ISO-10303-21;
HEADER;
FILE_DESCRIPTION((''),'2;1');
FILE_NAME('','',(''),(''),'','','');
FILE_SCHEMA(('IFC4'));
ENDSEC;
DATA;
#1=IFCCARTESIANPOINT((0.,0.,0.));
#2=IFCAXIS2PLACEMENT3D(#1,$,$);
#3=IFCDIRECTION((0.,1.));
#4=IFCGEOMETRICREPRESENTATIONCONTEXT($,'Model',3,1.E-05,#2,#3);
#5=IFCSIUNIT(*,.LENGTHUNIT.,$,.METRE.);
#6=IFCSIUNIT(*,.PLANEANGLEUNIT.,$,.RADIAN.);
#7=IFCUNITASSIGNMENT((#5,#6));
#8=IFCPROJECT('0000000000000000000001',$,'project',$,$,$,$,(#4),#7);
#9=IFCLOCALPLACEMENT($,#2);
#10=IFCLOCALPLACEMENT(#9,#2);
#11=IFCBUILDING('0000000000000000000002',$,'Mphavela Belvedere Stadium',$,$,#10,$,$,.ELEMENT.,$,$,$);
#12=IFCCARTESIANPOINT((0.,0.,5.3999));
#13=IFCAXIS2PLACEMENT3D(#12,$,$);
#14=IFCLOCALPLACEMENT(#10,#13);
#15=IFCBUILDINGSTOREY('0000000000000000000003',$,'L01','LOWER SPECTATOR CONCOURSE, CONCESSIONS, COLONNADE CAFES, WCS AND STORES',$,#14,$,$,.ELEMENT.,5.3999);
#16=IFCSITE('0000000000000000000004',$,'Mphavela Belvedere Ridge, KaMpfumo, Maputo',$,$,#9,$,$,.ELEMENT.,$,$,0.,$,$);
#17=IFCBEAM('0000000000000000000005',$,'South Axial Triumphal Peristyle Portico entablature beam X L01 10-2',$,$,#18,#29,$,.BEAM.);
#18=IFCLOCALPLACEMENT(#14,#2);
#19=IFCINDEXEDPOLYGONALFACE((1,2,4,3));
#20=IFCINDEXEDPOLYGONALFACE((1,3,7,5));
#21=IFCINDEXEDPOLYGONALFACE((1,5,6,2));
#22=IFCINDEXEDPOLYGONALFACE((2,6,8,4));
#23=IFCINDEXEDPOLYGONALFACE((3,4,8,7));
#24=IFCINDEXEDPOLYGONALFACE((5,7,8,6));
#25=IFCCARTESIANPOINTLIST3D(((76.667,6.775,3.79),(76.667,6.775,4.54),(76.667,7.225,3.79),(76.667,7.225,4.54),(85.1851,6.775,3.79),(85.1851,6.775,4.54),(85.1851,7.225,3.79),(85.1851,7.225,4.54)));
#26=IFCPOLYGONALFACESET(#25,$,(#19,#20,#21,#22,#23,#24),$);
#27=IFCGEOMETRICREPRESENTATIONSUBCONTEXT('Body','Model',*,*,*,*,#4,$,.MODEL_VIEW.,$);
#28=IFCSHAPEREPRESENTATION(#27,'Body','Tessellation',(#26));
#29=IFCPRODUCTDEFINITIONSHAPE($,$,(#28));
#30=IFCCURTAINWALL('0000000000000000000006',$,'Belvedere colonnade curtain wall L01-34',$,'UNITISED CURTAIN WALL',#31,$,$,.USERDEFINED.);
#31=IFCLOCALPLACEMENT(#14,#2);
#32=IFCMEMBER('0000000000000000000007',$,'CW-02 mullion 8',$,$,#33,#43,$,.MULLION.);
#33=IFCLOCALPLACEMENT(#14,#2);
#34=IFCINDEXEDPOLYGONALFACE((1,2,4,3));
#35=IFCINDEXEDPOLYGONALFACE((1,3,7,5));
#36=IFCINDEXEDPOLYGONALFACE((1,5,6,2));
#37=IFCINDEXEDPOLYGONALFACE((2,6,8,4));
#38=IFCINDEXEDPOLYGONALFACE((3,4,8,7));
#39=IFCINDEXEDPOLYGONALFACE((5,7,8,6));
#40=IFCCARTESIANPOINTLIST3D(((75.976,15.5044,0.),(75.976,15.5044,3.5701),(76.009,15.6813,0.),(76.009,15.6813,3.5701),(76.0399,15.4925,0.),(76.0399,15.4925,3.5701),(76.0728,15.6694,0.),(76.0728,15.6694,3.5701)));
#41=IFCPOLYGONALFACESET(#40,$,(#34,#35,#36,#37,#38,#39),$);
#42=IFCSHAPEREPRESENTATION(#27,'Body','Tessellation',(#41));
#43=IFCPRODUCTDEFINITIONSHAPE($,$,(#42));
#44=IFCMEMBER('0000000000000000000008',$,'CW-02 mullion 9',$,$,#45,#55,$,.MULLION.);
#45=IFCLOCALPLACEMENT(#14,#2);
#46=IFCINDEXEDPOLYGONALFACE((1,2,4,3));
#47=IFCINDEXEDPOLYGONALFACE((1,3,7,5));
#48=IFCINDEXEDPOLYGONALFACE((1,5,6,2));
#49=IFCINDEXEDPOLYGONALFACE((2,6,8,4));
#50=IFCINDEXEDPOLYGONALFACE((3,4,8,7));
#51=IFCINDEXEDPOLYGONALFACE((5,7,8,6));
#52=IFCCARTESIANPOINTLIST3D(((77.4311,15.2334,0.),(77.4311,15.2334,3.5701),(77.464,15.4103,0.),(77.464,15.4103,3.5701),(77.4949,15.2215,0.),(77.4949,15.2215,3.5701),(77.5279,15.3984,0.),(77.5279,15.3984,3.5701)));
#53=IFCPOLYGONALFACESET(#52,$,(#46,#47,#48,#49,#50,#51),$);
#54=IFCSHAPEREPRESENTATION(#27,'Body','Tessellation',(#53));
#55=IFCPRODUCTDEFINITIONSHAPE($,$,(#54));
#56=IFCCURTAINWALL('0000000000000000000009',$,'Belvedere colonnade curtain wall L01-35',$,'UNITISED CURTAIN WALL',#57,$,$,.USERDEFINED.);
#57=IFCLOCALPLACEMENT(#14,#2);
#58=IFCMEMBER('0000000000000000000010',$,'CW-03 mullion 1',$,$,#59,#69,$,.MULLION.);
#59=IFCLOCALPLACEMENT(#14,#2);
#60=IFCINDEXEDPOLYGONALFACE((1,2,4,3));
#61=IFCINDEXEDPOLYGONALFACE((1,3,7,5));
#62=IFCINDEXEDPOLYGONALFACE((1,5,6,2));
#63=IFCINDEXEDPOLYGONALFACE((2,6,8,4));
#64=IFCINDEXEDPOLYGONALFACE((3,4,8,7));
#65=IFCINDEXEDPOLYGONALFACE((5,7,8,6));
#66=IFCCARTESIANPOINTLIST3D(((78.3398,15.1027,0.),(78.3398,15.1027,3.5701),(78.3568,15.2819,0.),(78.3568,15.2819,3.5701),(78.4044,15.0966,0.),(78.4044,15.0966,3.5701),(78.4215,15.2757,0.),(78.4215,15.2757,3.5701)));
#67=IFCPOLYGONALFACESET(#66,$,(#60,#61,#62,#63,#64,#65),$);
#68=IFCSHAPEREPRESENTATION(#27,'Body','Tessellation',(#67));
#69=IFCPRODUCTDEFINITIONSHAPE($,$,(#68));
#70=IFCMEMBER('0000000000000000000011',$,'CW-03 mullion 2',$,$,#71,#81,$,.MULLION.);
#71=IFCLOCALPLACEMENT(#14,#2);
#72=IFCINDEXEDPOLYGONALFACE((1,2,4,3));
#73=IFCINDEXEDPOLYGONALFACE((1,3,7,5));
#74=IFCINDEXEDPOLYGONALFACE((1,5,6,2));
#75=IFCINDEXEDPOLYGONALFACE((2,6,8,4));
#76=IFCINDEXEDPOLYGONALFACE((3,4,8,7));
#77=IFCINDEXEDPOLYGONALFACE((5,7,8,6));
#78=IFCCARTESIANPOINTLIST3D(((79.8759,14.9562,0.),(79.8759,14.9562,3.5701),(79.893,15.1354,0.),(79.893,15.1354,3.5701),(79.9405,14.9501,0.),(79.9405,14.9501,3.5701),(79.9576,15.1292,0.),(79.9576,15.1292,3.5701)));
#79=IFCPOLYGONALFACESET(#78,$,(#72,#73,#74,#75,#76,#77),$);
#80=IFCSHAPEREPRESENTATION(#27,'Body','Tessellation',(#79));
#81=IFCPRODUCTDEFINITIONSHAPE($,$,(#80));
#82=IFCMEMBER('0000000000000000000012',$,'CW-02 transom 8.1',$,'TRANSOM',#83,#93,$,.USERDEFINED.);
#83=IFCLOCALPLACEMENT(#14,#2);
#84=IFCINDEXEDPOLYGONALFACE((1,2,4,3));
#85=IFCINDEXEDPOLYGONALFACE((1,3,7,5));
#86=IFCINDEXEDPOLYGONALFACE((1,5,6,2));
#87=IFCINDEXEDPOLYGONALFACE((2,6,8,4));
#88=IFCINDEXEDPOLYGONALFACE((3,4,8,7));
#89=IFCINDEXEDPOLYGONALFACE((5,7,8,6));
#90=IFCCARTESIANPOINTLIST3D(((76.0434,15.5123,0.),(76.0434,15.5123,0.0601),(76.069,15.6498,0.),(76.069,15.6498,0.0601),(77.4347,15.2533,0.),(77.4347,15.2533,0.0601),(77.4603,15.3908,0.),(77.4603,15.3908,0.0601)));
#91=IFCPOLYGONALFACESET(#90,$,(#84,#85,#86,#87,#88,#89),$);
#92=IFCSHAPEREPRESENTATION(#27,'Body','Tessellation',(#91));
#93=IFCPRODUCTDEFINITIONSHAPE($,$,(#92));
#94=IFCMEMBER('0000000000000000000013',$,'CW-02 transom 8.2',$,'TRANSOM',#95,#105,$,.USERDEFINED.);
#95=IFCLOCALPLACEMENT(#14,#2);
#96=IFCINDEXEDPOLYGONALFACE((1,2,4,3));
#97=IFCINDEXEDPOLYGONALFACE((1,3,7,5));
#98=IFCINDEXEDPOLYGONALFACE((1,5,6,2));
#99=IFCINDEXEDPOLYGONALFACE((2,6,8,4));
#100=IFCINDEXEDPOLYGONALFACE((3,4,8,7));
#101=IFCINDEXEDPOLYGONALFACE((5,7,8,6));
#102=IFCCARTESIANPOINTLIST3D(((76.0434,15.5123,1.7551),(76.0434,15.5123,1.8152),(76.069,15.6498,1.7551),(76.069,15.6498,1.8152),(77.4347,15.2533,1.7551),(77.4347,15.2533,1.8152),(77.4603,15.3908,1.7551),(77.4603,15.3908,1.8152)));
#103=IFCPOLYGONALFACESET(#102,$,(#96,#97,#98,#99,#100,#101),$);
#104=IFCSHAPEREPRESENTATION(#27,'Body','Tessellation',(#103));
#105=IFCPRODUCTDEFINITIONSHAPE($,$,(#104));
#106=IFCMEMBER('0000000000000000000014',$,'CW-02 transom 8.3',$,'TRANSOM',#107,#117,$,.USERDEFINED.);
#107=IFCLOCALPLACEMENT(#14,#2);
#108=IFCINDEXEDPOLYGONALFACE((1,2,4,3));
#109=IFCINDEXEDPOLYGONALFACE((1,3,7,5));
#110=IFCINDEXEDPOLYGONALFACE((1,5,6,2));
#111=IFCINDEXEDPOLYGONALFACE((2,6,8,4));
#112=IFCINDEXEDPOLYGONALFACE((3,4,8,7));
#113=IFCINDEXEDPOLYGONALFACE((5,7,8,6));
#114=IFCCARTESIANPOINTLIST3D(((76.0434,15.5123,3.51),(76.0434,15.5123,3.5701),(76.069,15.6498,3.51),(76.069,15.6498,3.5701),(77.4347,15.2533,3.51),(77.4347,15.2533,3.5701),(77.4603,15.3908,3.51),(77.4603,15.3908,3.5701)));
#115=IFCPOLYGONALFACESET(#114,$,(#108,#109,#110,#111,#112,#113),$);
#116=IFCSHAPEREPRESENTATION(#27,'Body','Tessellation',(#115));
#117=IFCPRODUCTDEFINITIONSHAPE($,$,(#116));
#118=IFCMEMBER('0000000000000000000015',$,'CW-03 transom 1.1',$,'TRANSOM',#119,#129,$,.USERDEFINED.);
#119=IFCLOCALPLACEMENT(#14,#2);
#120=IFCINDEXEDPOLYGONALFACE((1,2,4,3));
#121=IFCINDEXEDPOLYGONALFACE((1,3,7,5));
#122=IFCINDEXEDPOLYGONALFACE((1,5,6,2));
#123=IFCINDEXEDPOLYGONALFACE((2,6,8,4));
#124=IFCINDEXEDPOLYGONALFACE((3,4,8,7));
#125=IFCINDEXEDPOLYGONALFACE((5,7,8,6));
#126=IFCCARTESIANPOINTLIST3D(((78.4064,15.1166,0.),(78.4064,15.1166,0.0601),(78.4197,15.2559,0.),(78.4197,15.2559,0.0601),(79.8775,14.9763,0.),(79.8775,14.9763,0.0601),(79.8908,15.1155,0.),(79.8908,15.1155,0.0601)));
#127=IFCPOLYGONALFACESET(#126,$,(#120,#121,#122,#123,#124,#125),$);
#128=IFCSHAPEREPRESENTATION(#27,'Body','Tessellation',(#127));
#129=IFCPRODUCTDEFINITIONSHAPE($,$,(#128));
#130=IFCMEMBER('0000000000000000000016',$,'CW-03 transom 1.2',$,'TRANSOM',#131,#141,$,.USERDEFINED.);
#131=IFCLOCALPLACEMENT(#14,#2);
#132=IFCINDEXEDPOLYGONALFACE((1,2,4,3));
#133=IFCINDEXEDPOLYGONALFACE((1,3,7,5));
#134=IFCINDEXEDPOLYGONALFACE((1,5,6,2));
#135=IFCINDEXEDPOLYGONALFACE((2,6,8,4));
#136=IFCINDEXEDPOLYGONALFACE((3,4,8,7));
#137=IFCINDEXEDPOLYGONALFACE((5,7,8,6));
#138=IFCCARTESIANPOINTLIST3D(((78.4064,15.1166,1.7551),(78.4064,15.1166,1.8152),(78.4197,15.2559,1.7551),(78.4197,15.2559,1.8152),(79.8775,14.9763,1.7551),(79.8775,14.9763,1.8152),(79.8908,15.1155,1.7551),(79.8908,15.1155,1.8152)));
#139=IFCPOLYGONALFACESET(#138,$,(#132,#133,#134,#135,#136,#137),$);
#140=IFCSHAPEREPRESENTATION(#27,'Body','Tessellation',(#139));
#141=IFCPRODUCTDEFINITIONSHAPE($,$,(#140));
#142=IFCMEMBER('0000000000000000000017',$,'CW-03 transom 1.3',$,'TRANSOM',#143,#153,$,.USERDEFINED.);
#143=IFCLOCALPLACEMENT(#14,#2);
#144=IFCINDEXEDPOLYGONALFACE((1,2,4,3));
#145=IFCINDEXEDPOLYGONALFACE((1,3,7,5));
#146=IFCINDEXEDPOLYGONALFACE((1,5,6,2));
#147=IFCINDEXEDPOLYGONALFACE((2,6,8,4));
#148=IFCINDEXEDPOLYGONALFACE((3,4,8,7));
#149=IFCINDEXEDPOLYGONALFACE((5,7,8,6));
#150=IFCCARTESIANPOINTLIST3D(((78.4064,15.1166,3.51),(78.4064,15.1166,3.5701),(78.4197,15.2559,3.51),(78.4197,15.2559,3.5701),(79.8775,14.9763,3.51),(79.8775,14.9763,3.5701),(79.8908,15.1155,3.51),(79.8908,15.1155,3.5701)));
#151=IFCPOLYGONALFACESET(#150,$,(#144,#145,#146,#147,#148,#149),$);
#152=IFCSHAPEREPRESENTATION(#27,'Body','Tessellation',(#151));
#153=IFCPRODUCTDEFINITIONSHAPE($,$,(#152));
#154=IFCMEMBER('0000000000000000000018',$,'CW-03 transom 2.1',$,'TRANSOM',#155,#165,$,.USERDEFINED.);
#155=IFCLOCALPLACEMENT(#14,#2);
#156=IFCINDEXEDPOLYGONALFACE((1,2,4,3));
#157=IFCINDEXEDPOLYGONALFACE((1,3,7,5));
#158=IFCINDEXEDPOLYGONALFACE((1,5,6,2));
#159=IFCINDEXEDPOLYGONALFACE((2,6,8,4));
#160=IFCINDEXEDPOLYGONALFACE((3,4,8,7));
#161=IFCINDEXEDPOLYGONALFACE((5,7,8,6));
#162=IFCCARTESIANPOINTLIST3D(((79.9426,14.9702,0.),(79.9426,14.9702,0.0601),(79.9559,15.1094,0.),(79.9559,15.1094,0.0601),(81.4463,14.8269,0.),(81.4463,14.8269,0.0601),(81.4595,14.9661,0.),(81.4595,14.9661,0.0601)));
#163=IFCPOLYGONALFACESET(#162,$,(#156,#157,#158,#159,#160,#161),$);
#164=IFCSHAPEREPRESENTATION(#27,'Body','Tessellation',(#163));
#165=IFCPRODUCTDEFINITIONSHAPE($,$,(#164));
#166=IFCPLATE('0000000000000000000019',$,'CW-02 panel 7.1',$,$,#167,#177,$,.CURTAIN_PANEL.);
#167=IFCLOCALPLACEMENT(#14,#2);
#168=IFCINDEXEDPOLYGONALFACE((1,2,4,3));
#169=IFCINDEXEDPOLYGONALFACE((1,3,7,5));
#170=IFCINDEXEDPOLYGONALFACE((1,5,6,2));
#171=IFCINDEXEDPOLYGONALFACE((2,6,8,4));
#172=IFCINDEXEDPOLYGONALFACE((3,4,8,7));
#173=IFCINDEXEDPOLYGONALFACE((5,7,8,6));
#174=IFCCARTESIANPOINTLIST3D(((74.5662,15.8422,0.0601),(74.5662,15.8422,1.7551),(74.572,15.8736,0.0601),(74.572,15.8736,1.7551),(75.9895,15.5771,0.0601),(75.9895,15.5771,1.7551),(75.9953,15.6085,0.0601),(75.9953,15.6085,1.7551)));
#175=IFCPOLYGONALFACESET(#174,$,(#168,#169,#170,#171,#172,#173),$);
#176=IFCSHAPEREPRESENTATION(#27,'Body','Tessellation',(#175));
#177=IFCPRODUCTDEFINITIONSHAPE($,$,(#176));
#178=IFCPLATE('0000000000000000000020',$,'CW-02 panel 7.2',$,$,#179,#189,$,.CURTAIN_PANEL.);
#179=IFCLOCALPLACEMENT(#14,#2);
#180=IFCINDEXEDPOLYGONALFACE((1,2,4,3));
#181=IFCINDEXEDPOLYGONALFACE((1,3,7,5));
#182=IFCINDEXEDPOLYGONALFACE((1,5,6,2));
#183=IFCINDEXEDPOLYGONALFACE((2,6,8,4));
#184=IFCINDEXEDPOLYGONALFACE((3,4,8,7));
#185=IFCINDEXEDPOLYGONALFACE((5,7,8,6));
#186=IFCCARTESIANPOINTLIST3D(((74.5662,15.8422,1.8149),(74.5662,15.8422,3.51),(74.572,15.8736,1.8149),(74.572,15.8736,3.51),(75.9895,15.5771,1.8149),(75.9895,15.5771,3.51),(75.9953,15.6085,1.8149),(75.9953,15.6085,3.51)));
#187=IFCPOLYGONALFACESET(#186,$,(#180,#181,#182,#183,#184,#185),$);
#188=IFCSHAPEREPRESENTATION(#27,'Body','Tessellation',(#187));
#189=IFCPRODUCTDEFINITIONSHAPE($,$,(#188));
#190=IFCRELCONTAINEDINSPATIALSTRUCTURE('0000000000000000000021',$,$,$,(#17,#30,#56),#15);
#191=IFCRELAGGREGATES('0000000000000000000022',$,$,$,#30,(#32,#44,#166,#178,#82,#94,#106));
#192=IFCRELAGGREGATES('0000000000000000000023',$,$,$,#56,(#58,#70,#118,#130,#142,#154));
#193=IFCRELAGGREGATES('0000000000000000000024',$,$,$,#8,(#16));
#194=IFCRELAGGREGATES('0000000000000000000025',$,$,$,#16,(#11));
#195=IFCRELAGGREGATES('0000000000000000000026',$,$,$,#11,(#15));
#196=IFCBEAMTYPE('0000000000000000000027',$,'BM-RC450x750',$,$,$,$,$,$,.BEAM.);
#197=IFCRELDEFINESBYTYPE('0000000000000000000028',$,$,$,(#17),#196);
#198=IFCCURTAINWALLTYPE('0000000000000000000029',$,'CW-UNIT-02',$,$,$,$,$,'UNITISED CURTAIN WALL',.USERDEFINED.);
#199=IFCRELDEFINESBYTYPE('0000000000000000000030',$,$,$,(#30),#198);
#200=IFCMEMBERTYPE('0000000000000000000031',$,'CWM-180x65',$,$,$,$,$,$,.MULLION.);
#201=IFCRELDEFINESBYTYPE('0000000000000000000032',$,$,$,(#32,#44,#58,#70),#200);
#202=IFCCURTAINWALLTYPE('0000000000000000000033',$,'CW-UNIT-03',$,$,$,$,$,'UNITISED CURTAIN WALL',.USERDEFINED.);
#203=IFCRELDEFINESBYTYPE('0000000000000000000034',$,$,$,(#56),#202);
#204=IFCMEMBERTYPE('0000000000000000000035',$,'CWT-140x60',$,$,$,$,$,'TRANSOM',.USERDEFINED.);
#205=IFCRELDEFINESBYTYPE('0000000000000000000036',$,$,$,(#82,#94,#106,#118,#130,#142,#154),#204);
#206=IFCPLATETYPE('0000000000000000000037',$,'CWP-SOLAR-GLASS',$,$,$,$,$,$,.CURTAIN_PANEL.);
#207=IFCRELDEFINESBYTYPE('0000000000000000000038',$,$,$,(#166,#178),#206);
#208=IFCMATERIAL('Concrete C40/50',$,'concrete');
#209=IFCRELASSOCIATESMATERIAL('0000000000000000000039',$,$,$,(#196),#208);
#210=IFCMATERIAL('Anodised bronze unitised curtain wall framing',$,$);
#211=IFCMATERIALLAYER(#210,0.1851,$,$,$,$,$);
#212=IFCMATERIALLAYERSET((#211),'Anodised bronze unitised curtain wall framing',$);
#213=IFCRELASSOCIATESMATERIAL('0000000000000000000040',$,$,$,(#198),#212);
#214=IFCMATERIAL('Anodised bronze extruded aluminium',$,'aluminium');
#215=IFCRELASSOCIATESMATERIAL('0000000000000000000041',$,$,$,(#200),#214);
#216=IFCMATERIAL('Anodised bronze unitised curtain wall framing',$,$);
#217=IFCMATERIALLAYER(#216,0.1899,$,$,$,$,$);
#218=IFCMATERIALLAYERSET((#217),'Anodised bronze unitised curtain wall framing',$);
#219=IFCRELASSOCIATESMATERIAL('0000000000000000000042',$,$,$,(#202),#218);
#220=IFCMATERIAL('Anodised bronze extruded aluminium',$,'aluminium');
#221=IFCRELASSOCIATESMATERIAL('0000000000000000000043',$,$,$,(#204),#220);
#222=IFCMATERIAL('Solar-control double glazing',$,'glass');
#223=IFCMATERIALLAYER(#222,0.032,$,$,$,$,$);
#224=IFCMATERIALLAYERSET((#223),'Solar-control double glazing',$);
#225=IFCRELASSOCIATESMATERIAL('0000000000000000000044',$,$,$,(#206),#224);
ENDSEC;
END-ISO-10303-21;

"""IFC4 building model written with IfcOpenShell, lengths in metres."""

from ifc_helpers import new_model, si_unit, direction, frame, origin, origin_2d, place, context, subcontext, project, spatial, rectangle, extrude, material, layer, layer_set, material_profile, profile_set, type_object, element, aggregate, save


model = new_model("IFC4")

# Units and contexts
model_context = context("Model", 3, precision=1e-05, world=origin(), true_north=direction((0.0, 1.0)))
body_context = subcontext(model_context, "Body", "Model", "MODEL_VIEW")
ifc_project = project(units=[si_unit("LENGTHUNIT", "METRE"), si_unit("PLANEANGLEUNIT", "RADIAN")], contexts=[model_context])

# Site, building, storey
site_placement = place(None, origin())
site = spatial("IfcSite", under=ifc_project, at=site_placement, Name="Mphavela Belvedere Ridge, KaMpfumo, Maputo", CompositionType="ELEMENT", RefElevation=0.0)
building_placement = place(site_placement, origin())
building = spatial("IfcBuilding", under=site, at=building_placement, Name="Mphavela Belvedere Stadium", CompositionType="ELEMENT")
storey_placement = place(building_placement, frame((0.0, 0.0, 5.3999)))
storey = spatial("IfcBuildingStorey", under=building, at=storey_placement, Name="L01", Description="LOWER SPECTATOR CONCOURSE, CONCESSIONS, COLONNADE CAFES, WCS AND STORES", CompositionType="ELEMENT", Elevation=5.3999)

# Beam
ifc_material_1 = material(Name="Concrete C40/50", Category="concrete")
ifc_material_profile_1 = material_profile(ifc_material_1, rectangle(XDim=0.45, YDim=0.75, at=origin_2d()), Name="RC 450x750")
ifc_profile_set_1 = profile_set([ifc_material_profile_1], Name="Concrete C40/50")
beam_type_1 = type_object("IfcBeamType", Name="BM-RC450x750", PredefinedType="BEAM", material=ifc_profile_set_1)
beam_1_placement = place(storey_placement, frame((76.667, 7.0, 4.165), z_axis=(1.0, 0.0, 0.0), x_axis=(0.0, 1.0, 0.0)))
element("IfcBeam", 1, at=beam_1_placement, inside=storey, type_object=beam_type_1, Name="South Axial Triumphal Peristyle Portico entablature beam X L01 10-2", PredefinedType="BEAM", context=body_context, shape_type="SweptSolid", body=[
    extrude(rectangle(XDim=0.45, YDim=0.75, at=origin_2d()), origin(), (0.0, 0.0, 1.0), 8.5181),
])

# Curtain walls, members
ifc_material_2 = material(Name="Anodised bronze unitised curtain wall framing")
ifc_layer_1 = layer(ifc_material_2, 0.1851)
ifc_layer_set_1 = layer_set([ifc_layer_1], Name="Anodised bronze unitised curtain wall framing")
curtain_wall_type_1 = type_object("IfcCurtainWallType", Name="CW-UNIT-02", ElementType="UNITISED CURTAIN WALL", PredefinedType="USERDEFINED", material=ifc_layer_set_1)
curtain_wall_1_placement = place(storey_placement, origin())
curtain_wall_1 = element("IfcCurtainWall", 2, at=curtain_wall_1_placement, inside=storey, type_object=curtain_wall_type_1, Name="Belvedere colonnade curtain wall L01-34", ObjectType="UNITISED CURTAIN WALL", PredefinedType="USERDEFINED")
ifc_material_3 = material(Name="Anodised bronze extruded aluminium", Category="aluminium")
ifc_material_profile_2 = material_profile(ifc_material_3, rectangle(XDim=0.1799, YDim=0.0649, at=origin_2d()), Name="CW-MUL 180x65")
ifc_profile_set_2 = profile_set([ifc_material_profile_2], Name="Anodised bronze extruded aluminium")
member_type_1 = type_object("IfcMemberType", Name="CWM-180x65", PredefinedType="MULLION", material=ifc_profile_set_2)
member_1_placement = place(storey_placement, frame((76.0244, 15.5869, 0.0), z_axis=(0.0, 0.0, 1.0), x_axis=(0.183095, 0.983095, 0.0)))
member_1 = element("IfcMember", 3, at=member_1_placement, type_object=member_type_1, Name="CW-02 mullion 8", PredefinedType="MULLION", context=body_context, shape_type="SweptSolid", body=[
    extrude(rectangle(XDim=0.1799, YDim=0.0649, at=origin_2d()), origin(), (0.0, 0.0, 1.0), 3.5701),
])
member_2_placement = place(storey_placement, frame((77.4795, 15.3159, 0.0), z_axis=(0.0, 0.0, 1.0), x_axis=(0.183095, 0.983095, 0.0)))
member_2 = element("IfcMember", 4, at=member_2_placement, type_object=member_type_1, Name="CW-02 mullion 9", PredefinedType="MULLION", context=body_context, shape_type="SweptSolid", body=[
    extrude(rectangle(XDim=0.1799, YDim=0.0649, at=origin_2d()), origin(), (0.0, 0.0, 1.0), 3.5701),
])
ifc_material_4 = material(Name="Anodised bronze unitised curtain wall framing")
ifc_layer_2 = layer(ifc_material_4, 0.1899)
ifc_layer_set_2 = layer_set([ifc_layer_2], Name="Anodised bronze unitised curtain wall framing")
curtain_wall_type_2 = type_object("IfcCurtainWallType", Name="CW-UNIT-03", ElementType="UNITISED CURTAIN WALL", PredefinedType="USERDEFINED", material=ifc_layer_set_2)
curtain_wall_2_placement = place(storey_placement, origin())
curtain_wall_2 = element("IfcCurtainWall", 5, at=curtain_wall_2_placement, inside=storey, type_object=curtain_wall_type_2, Name="Belvedere colonnade curtain wall L01-35", ObjectType="UNITISED CURTAIN WALL", PredefinedType="USERDEFINED")
member_3_placement = place(storey_placement, frame((78.3806, 15.1892, 0.0), z_axis=(0.0, 0.0, 1.0), x_axis=(0.094922, 0.995485, 0.0)))
member_3 = element("IfcMember", 6, at=member_3_placement, type_object=member_type_1, Name="CW-03 mullion 1", PredefinedType="MULLION", context=body_context, shape_type="SweptSolid", body=[
    extrude(rectangle(XDim=0.1799, YDim=0.0649, at=origin_2d()), origin(), (0.0, 0.0, 1.0), 3.5701),
])
member_4_placement = place(storey_placement, frame((79.9167, 15.0427, 0.0), z_axis=(0.0, 0.0, 1.0), x_axis=(0.094922, 0.995485, 0.0)))
member_4 = element("IfcMember", 7, at=member_4_placement, type_object=member_type_1, Name="CW-03 mullion 2", PredefinedType="MULLION", context=body_context, shape_type="SweptSolid", body=[
    extrude(rectangle(XDim=0.1799, YDim=0.0649, at=origin_2d()), origin(), (0.0, 0.0, 1.0), 3.5701),
])

# Members
ifc_material_5 = material(Name="Anodised bronze extruded aluminium", Category="aluminium")
ifc_material_profile_3 = material_profile(ifc_material_5, rectangle(XDim=0.1399, YDim=0.0601, at=origin_2d()), Name="CW-TRN 140x60")
ifc_profile_set_3 = profile_set([ifc_material_profile_3], Name="Anodised bronze extruded aluminium")
member_type_2 = type_object("IfcMemberType", Name="CWT-140x60", ElementType="TRANSOM", PredefinedType="USERDEFINED", material=ifc_profile_set_3)
member_5_placement = place(storey_placement, frame((76.0562, 15.5811, 0.03), z_axis=(0.983108, -0.183028, 0.0), x_axis=(0.183028, 0.983108, 0.0)))
member_5 = element("IfcMember", 8, at=member_5_placement, type_object=member_type_2, Name="CW-02 transom 8.1", ObjectType="TRANSOM", PredefinedType="USERDEFINED", context=body_context, shape_type="SweptSolid", body=[
    extrude(rectangle(XDim=0.1399, YDim=0.0601, at=origin_2d()), origin(), (0.0, 0.0, 1.0), 1.4153),
])
member_6_placement = place(storey_placement, frame((76.0562, 15.5811, 1.7852), z_axis=(0.983108, -0.183028, 0.0), x_axis=(0.183028, 0.983108, 0.0)))
member_6 = element("IfcMember", 9, at=member_6_placement, type_object=member_type_2, Name="CW-02 transom 8.2", ObjectType="TRANSOM", PredefinedType="USERDEFINED", context=body_context, shape_type="SweptSolid", body=[
    extrude(rectangle(XDim=0.1399, YDim=0.0601, at=origin_2d()), origin(), (0.0, 0.0, 1.0), 1.4153),
])
member_7_placement = place(storey_placement, frame((76.0562, 15.5811, 3.54), z_axis=(0.983108, -0.183028, 0.0), x_axis=(0.183028, 0.983108, 0.0)))
member_7 = element("IfcMember", 10, at=member_7_placement, type_object=member_type_2, Name="CW-02 transom 8.3", ObjectType="TRANSOM", PredefinedType="USERDEFINED", context=body_context, shape_type="SweptSolid", body=[
    extrude(rectangle(XDim=0.1399, YDim=0.0601, at=origin_2d()), origin(), (0.0, 0.0, 1.0), 1.4153),
])
member_8_placement = place(storey_placement, frame((78.4131, 15.1863, 0.03), z_axis=(0.995478, -0.094988, 0.0), x_axis=(0.094988, 0.995478, 0.0)))
member_8 = element("IfcMember", 11, at=member_8_placement, type_object=member_type_2, Name="CW-03 transom 1.1", ObjectType="TRANSOM", PredefinedType="USERDEFINED", context=body_context, shape_type="SweptSolid", body=[
    extrude(rectangle(XDim=0.1399, YDim=0.0601, at=origin_2d()), origin(), (0.0, 0.0, 1.0), 1.4778),
])
member_9_placement = place(storey_placement, frame((78.4131, 15.1863, 1.7852), z_axis=(0.995478, -0.094988, 0.0), x_axis=(0.094988, 0.995478, 0.0)))
member_9 = element("IfcMember", 12, at=member_9_placement, type_object=member_type_2, Name="CW-03 transom 1.2", ObjectType="TRANSOM", PredefinedType="USERDEFINED", context=body_context, shape_type="SweptSolid", body=[
    extrude(rectangle(XDim=0.1399, YDim=0.0601, at=origin_2d()), origin(), (0.0, 0.0, 1.0), 1.4778),
])
member_10_placement = place(storey_placement, frame((78.4131, 15.1863, 3.54), z_axis=(0.995478, -0.094988, 0.0), x_axis=(0.094988, 0.995478, 0.0)))
member_10 = element("IfcMember", 13, at=member_10_placement, type_object=member_type_2, Name="CW-03 transom 1.3", ObjectType="TRANSOM", PredefinedType="USERDEFINED", context=body_context, shape_type="SweptSolid", body=[
    extrude(rectangle(XDim=0.1399, YDim=0.0601, at=origin_2d()), origin(), (0.0, 0.0, 1.0), 1.4778),
])
member_11_placement = place(storey_placement, frame((79.9492, 15.0398, 0.03), z_axis=(0.995489, -0.094878, 0.0), x_axis=(0.094878, 0.995489, 0.0)))
member_11 = element("IfcMember", 14, at=member_11_placement, type_object=member_type_2, Name="CW-03 transom 2.1", ObjectType="TRANSOM", PredefinedType="USERDEFINED", context=body_context, shape_type="SweptSolid", body=[
    extrude(rectangle(XDim=0.1399, YDim=0.0601, at=origin_2d()), origin(), (0.0, 0.0, 1.0), 1.5105),
])

# Plates
ifc_material_6 = material(Name="Solar-control double glazing", Category="glass")
ifc_layer_3 = layer(ifc_material_6, 0.032)
ifc_layer_set_3 = layer_set([ifc_layer_3], Name="Solar-control double glazing")
plate_type = type_object("IfcPlateType", Name="CWP-SOLAR-GLASS", PredefinedType="CURTAIN_PANEL", material=ifc_layer_set_3)
plate_1_placement = place(storey_placement, frame((75.2808, 15.7253, 0.0601), z_axis=(0.0, 0.0, 1.0), x_axis=(0.983095, -0.183095, 0.0)))
plate_1 = element("IfcPlate", 15, at=plate_1_placement, type_object=plate_type, Name="CW-02 panel 7.1", PredefinedType="CURTAIN_PANEL", context=body_context, shape_type="SweptSolid", body=[
    extrude(rectangle(XDim=1.4478, YDim=0.032, at=origin_2d()), origin(), (0.0, 0.0, 1.0), 1.6951),
])
plate_2_placement = place(storey_placement, frame((75.2808, 15.7253, 1.8149), z_axis=(0.0, 0.0, 1.0), x_axis=(0.983095, -0.183095, 0.0)))
plate_2 = element("IfcPlate", 16, at=plate_2_placement, type_object=plate_type, Name="CW-02 panel 7.2", PredefinedType="CURTAIN_PANEL", context=body_context, shape_type="SweptSolid", body=[
    extrude(rectangle(XDim=1.4478, YDim=0.032, at=origin_2d()), origin(), (0.0, 0.0, 1.0), 1.6951),
])
aggregate(curtain_wall_1, [member_1, member_2, plate_1, plate_2, member_5, member_6, member_7])
aggregate(curtain_wall_2, [member_3, member_4, member_8, member_9, member_10, member_11])

save(model, "model.ifc")
